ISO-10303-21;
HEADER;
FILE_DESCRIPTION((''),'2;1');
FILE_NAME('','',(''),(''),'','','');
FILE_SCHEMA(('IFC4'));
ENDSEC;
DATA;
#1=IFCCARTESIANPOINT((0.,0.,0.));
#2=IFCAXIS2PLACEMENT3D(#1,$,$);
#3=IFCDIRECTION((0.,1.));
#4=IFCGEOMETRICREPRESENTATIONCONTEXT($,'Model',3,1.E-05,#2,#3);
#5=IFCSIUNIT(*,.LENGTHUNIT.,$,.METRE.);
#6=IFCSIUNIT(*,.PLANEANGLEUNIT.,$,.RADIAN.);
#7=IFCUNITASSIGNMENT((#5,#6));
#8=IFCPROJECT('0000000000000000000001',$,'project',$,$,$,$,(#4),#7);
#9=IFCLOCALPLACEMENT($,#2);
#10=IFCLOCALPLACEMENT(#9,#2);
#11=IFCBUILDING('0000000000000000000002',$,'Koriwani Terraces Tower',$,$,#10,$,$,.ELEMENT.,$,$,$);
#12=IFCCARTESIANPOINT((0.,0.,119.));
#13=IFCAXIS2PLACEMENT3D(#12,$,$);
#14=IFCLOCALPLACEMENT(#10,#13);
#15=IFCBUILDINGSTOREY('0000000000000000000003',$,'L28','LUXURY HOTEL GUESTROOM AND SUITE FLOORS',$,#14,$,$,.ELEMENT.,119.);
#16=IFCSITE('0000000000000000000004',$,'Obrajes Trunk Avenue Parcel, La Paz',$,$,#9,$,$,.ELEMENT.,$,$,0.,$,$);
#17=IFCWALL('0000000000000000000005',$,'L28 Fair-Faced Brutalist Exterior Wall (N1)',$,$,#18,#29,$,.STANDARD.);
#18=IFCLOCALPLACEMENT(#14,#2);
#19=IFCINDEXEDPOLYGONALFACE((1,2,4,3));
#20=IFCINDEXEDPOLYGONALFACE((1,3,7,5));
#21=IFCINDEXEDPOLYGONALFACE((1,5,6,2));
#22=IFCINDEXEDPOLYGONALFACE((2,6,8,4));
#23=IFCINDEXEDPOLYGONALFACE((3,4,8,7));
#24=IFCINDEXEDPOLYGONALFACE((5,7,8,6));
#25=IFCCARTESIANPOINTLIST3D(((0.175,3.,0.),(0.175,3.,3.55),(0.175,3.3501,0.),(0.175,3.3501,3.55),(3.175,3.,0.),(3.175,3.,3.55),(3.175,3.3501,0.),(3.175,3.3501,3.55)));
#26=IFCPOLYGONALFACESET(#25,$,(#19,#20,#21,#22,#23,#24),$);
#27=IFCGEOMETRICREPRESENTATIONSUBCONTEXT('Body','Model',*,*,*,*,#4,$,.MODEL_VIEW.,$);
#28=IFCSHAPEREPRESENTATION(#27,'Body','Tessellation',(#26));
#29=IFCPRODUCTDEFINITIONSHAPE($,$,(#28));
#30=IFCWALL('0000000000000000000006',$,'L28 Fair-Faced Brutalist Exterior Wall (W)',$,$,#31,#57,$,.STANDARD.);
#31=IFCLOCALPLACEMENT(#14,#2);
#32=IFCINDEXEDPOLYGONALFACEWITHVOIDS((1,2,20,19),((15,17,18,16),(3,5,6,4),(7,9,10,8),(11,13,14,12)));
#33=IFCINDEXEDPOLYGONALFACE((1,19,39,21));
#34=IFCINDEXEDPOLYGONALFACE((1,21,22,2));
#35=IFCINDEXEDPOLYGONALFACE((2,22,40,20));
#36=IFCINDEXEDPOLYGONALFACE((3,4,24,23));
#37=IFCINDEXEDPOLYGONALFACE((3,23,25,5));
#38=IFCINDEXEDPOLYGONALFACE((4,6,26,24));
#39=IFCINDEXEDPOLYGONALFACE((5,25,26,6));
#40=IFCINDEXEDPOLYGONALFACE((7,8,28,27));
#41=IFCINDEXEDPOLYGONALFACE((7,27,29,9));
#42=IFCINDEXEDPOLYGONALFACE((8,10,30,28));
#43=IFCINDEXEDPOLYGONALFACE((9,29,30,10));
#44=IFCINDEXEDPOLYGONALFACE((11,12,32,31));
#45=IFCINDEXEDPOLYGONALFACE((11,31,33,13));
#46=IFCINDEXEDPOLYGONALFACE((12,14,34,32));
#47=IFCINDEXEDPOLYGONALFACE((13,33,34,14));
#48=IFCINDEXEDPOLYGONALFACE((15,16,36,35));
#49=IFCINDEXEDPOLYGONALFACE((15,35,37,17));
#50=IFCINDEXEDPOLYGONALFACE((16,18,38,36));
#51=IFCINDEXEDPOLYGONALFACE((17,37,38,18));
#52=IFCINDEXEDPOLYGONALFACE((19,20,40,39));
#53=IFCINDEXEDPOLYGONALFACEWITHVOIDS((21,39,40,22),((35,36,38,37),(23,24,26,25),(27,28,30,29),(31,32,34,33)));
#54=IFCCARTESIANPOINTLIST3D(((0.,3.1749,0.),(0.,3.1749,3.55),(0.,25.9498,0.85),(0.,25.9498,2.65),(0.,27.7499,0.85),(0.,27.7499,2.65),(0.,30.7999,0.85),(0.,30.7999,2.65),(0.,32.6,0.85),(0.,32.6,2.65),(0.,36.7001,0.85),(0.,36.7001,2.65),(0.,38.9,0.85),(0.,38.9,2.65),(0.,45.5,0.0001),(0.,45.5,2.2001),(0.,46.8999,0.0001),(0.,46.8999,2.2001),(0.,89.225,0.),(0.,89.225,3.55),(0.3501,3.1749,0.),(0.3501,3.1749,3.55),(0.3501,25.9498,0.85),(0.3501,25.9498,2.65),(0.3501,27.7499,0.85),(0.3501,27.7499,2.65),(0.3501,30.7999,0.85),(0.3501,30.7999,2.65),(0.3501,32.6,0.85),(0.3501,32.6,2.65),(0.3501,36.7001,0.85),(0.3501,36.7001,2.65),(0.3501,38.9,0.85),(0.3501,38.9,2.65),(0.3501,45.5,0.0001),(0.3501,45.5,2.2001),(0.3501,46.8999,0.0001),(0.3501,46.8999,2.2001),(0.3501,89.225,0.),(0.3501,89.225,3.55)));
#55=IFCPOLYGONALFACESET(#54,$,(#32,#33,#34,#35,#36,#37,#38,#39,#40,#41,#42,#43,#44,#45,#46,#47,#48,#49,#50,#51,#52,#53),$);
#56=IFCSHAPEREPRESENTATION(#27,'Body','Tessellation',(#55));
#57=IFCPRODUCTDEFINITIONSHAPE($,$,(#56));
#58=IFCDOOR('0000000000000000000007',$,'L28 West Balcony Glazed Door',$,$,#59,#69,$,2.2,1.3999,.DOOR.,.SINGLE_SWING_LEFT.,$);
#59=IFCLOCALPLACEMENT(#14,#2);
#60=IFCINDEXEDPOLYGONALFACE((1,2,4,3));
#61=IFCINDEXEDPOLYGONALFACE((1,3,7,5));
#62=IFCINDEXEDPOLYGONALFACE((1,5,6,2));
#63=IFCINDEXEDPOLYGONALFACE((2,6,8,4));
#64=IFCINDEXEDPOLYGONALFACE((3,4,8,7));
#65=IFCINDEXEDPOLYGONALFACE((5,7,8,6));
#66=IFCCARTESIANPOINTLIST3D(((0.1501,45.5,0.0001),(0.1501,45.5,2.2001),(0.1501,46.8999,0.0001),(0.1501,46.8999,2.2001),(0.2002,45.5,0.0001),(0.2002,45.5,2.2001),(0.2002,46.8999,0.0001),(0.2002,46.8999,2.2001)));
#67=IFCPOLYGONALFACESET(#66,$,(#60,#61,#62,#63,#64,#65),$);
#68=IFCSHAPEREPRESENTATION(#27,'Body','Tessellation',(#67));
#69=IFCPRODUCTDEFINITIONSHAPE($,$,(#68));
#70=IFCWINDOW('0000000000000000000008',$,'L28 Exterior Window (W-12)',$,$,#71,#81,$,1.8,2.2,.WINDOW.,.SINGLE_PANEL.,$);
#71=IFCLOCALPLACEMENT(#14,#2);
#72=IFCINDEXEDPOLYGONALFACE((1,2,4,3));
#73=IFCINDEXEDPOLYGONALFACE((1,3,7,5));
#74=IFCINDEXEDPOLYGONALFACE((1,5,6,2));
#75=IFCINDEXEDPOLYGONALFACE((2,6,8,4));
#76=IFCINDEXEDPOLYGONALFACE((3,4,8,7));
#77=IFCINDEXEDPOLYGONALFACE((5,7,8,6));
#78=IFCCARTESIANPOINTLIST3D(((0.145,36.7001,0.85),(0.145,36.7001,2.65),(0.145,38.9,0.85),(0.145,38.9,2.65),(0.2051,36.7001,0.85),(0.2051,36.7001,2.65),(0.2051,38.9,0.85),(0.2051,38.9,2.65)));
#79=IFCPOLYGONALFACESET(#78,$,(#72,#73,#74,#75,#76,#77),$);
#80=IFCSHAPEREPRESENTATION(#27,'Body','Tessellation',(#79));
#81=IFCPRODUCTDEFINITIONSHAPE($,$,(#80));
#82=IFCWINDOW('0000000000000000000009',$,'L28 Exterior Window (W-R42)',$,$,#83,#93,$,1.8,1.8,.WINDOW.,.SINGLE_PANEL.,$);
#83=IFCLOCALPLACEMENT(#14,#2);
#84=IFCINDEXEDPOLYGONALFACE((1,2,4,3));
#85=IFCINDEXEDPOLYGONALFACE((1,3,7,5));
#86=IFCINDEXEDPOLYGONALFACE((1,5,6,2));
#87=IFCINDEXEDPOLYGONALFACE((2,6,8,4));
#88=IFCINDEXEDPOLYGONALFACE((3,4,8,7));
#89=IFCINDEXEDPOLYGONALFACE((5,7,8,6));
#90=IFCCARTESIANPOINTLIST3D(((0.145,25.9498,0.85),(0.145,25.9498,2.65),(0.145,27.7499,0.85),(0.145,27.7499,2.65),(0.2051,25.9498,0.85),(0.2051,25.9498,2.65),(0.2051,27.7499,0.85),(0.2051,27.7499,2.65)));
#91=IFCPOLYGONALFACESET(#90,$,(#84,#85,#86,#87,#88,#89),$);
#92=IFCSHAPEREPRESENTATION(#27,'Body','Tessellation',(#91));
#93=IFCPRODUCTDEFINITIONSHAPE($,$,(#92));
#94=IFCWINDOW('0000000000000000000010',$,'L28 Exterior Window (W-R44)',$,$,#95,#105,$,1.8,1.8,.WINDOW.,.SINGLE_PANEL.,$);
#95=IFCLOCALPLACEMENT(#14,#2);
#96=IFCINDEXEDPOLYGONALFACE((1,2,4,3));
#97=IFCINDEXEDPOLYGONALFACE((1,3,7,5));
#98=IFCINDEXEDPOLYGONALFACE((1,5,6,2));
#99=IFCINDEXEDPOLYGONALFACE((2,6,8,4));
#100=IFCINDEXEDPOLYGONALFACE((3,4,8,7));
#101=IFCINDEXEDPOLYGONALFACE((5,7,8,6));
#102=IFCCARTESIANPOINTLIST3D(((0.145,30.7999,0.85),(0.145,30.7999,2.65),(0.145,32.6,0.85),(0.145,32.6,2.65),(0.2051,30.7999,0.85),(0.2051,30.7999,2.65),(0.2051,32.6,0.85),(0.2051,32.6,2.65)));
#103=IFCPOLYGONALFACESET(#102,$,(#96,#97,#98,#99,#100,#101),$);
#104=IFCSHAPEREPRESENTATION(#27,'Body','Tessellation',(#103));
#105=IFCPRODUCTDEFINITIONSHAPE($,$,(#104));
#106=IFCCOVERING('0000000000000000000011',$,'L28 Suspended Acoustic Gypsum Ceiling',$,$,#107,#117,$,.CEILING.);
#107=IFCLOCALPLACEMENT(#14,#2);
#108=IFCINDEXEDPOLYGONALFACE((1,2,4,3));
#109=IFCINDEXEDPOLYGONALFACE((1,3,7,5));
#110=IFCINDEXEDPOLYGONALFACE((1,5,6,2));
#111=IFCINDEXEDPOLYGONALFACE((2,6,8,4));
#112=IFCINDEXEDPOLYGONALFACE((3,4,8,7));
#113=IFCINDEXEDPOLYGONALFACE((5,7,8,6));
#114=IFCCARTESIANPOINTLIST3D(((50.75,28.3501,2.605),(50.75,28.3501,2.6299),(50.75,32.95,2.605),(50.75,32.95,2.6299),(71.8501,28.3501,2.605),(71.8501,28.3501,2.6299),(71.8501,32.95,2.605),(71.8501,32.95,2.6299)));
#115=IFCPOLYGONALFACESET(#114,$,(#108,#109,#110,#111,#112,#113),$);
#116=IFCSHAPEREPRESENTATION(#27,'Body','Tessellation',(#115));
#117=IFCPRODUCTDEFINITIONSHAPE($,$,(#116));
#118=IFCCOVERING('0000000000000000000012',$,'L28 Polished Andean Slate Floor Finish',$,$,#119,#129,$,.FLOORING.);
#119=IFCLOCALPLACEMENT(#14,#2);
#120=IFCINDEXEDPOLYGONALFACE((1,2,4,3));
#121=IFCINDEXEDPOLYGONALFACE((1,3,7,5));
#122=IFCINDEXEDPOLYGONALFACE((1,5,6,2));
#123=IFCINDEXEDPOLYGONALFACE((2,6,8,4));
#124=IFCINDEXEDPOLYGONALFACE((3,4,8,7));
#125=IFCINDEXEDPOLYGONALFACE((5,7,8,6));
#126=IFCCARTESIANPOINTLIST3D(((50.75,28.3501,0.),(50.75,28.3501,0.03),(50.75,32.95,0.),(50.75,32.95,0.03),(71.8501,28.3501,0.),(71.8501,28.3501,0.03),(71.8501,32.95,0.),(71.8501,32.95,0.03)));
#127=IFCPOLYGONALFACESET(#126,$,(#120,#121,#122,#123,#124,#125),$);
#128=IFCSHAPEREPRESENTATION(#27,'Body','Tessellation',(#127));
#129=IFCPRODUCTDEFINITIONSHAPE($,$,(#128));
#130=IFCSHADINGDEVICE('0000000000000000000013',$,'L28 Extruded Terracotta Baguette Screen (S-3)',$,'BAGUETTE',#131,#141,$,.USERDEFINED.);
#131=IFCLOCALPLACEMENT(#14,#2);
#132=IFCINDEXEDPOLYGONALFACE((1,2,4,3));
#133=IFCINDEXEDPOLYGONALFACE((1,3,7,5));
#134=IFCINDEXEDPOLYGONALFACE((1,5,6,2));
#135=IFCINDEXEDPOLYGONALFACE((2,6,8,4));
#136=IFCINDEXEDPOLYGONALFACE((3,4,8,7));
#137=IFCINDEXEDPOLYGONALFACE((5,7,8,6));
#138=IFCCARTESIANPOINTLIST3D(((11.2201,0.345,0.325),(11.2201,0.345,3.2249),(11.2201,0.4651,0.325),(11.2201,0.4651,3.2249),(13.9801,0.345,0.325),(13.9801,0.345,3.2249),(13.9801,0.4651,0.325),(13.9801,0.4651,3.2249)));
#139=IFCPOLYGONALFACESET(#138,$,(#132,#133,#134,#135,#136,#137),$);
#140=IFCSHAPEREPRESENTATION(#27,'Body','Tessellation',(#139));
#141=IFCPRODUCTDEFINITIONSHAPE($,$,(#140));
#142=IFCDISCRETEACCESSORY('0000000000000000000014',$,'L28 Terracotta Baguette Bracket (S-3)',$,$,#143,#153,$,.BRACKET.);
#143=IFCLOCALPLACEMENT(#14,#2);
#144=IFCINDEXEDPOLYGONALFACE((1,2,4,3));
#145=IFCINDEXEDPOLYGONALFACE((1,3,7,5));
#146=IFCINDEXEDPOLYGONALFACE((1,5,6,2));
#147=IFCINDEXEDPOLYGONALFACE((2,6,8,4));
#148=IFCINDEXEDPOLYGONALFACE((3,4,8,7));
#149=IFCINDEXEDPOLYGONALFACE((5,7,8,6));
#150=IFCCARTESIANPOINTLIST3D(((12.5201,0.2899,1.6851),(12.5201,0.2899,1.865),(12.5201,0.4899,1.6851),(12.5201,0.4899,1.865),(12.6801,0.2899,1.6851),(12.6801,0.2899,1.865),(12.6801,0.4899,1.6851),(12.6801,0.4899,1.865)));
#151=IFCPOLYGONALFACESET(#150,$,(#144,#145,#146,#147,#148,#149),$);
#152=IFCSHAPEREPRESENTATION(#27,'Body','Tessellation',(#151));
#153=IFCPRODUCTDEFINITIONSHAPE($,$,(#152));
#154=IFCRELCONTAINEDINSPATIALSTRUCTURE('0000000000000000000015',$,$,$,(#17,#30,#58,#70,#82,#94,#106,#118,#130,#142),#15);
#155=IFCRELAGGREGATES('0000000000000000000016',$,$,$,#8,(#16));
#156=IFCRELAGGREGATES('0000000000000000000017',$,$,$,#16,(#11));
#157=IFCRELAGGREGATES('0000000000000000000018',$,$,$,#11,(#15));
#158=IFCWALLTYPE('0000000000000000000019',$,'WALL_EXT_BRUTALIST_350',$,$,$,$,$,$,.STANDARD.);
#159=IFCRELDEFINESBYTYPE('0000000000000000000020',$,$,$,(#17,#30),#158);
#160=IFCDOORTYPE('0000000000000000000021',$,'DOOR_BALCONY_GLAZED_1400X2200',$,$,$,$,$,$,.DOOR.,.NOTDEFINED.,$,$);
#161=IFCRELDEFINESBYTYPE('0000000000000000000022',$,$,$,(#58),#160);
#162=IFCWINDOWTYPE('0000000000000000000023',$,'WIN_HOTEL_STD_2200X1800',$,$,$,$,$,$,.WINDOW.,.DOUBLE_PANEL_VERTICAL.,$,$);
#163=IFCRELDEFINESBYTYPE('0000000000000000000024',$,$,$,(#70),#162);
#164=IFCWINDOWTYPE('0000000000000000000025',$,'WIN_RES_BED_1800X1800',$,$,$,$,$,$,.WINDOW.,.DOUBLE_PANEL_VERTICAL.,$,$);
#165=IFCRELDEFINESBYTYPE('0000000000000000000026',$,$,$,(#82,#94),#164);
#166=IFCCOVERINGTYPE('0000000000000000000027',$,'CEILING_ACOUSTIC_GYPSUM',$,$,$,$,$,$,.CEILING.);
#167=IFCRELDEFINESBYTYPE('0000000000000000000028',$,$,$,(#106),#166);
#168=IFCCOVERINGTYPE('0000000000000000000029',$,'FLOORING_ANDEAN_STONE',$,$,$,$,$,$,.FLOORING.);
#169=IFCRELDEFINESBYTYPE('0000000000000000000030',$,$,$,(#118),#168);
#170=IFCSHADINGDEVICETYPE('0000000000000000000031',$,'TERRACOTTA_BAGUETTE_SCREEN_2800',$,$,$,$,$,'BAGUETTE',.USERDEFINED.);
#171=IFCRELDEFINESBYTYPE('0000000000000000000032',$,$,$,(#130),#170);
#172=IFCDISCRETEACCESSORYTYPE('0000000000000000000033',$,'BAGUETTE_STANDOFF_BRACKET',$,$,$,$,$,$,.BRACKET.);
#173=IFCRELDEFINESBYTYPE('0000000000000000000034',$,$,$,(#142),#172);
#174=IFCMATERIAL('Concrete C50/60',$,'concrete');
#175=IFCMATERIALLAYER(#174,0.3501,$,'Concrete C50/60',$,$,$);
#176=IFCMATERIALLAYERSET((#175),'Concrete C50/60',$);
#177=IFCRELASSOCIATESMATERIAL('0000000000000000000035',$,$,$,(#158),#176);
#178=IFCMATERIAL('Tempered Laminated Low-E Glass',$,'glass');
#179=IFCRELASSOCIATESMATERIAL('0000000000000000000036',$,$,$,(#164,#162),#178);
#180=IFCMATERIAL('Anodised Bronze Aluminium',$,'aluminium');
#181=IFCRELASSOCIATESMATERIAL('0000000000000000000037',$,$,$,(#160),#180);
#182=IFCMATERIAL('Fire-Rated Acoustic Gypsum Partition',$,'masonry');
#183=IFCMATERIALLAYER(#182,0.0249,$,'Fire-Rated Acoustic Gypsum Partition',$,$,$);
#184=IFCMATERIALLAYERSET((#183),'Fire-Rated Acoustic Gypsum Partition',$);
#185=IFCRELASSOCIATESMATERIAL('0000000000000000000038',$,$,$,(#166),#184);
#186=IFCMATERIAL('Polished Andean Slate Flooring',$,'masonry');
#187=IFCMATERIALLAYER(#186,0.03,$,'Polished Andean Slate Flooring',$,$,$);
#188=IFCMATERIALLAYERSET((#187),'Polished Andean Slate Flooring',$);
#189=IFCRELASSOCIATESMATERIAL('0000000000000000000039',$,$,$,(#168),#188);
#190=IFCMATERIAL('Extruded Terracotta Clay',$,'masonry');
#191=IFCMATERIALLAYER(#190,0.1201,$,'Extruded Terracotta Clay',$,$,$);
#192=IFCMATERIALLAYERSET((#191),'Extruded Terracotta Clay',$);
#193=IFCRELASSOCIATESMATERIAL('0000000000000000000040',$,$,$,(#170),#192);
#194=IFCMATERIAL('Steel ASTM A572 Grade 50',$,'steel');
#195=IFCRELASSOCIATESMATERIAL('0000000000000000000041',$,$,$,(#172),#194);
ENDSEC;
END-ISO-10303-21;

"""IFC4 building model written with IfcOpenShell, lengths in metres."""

from ifc_helpers import new_model, si_unit, direction, frame, frame_2d, origin, origin_2d, place, context, subcontext, project, spatial, polyline, rectangle, outline, extrude, material, layer, layer_set, type_object, element, fill, save


model = new_model("IFC4")

# Units and contexts
model_context = context("Model", 3, precision=1e-05, world=origin(), true_north=direction((0.0, 1.0)))
body_context = subcontext(model_context, "Body", "Model", "MODEL_VIEW")
ifc_project = project(units=[si_unit("LENGTHUNIT", "METRE"), si_unit("PLANEANGLEUNIT", "RADIAN")], contexts=[model_context])

# Site, building, storey
site_placement = place(None, origin())
site = spatial("IfcSite", under=ifc_project, at=site_placement, Name="Obrajes Trunk Avenue Parcel, La Paz", CompositionType="ELEMENT", RefElevation=0.0)
building_placement = place(site_placement, origin())
building = spatial("IfcBuilding", under=site, at=building_placement, Name="Koriwani Terraces Tower", CompositionType="ELEMENT")
storey_placement = place(building_placement, frame((0.0, 0.0, 119.0)))
storey = spatial("IfcBuildingStorey", under=building, at=storey_placement, Name="L28", Description="LUXURY HOTEL GUESTROOM AND SUITE FLOORS", CompositionType="ELEMENT", Elevation=119.0)

# Shared definitions
ifc_material_1 = material(Name="Concrete C50/60", Category="concrete")
ifc_material_2 = material(Name="Steel ASTM A572 Grade 50", Category="steel")

# Shared definitions
ifc_layer_1 = layer(ifc_material_1, 0.3501, Name="Concrete C50/60")
ifc_layer_set_1 = layer_set([ifc_layer_1], Name="Concrete C50/60")
wall_type_1 = type_object("IfcWallType", Name="WALL_EXT_BRUTALIST_350", PredefinedType="STANDARD", material=ifc_layer_set_1)
ifc_material_3 = material(Name="Tempered Laminated Low-E Glass", Category="glass")
window_type_1 = type_object("IfcWindowType", Name="WIN_RES_BED_1800X1800", PartitioningType="DOUBLE_PANEL_VERTICAL", PredefinedType="WINDOW", material=ifc_material_3)

# Wall
wall_1_placement = place(storey_placement, frame((3.175, 3.175, 0.0), z_axis=(0.0, 0.0, 1.0), x_axis=(-1.0, 0.0, 0.0)))
element("IfcWall", 1, at=wall_1_placement, inside=storey, type_object=wall_type_1, Name="L28 Fair-Faced Brutalist Exterior Wall (N1)", PredefinedType="STANDARD", context=body_context, shape_type="SweptSolid", body=[
    extrude(rectangle(XDim=3.0, YDim=0.3501, at=frame_2d((1.5, 0.0))), origin(), (0.0, 0.0, 1.0), 3.55),
])

# Wall, openings, door, windows
wall_2_placement = place(storey_placement, frame((0.175, 3.175, 0.0), z_axis=(0.0, 0.0, 1.0), x_axis=(0.0, 1.0, 0.0)))
wall_2 = element("IfcWall", 2, at=wall_2_placement, inside=storey, type_object=wall_type_1, Name="L28 Fair-Faced Brutalist Exterior Wall (W)", PredefinedType="STANDARD", context=body_context, shape_type="SweptSolid", body=[
    extrude(rectangle(XDim=86.05, YDim=0.3501, at=frame_2d((43.0249, 0.0))), origin(), (0.0, 0.0, 1.0), 3.55),
])
opening_1_placement = place(wall_2_placement, frame((42.325, 0.0, 0.0)))
opening_1 = element("IfcOpeningElement", 3, at=opening_1_placement, cuts=wall_2, PredefinedType="OPENING", context=body_context, shape_type="SweptSolid", body=[
    extrude(rectangle(XDim=1.3999, YDim=2.2, at=frame_2d((0.7, 1.1001))), frame((0.0, 0.1851, 0.0), z_axis=(0.0, -1.0, 0.0), x_axis=(1.0, 0.0, 0.0)), (0.0, 0.0, 1.0), 0.3701),
])
opening_2_placement = place(wall_2_placement, frame((33.5249, 0.0, 0.8501)))
opening_2 = element("IfcOpeningElement", 4, at=opening_2_placement, cuts=wall_2, PredefinedType="OPENING", context=body_context, shape_type="SweptSolid", body=[
    extrude(rectangle(XDim=2.2, YDim=1.8, at=frame_2d((1.1001, 0.8999))), frame((0.0, 0.1851, 0.0), z_axis=(0.0, -1.0, 0.0), x_axis=(1.0, 0.0, 0.0)), (0.0, 0.0, 1.0), 0.3701),
])
opening_3_placement = place(wall_2_placement, frame((22.7749, 0.0, 0.8501)))
opening_3 = element("IfcOpeningElement", 5, at=opening_3_placement, cuts=wall_2, PredefinedType="OPENING", context=body_context, shape_type="SweptSolid", body=[
    extrude(rectangle(XDim=1.8, YDim=1.8, at=frame_2d((0.8999, 0.8999))), frame((0.0, 0.1851, 0.0), z_axis=(0.0, -1.0, 0.0), x_axis=(1.0, 0.0, 0.0)), (0.0, 0.0, 1.0), 0.3701),
])
opening_4_placement = place(wall_2_placement, frame((27.625, 0.0, 0.8501)))
opening_4 = element("IfcOpeningElement", 6, at=opening_4_placement, cuts=wall_2, PredefinedType="OPENING", context=body_context, shape_type="SweptSolid", body=[
    extrude(rectangle(XDim=1.8, YDim=1.8, at=frame_2d((0.8999, 0.8999))), frame((0.0, 0.1851, 0.0), z_axis=(0.0, -1.0, 0.0), x_axis=(1.0, 0.0, 0.0)), (0.0, 0.0, 1.0), 0.3701),
])
ifc_material_4 = material(Name="Anodised Bronze Aluminium", Category="aluminium")
door_type = type_object("IfcDoorType", Name="DOOR_BALCONY_GLAZED_1400X2200", OperationType="NOTDEFINED", PredefinedType="DOOR", material=ifc_material_4)
door_placement = place(opening_1_placement, origin())
door = element("IfcDoor", 7, at=door_placement, inside=storey, type_object=door_type, Name="L28 West Balcony Glazed Door", OperationType="SINGLE_SWING_LEFT", OverallHeight=2.2, OverallWidth=1.3999, PredefinedType="DOOR", context=body_context, shape_type="SweptSolid", body=[
    extrude(rectangle(XDim=1.3999, YDim=2.2, at=frame_2d((0.7, 1.1001))), frame((0.0, 0.0249, 0.0), z_axis=(0.0, -1.0, 0.0), x_axis=(1.0, 0.0, 0.0)), (0.0, 0.0, 1.0), 0.05),
])
fill(opening_1, door)
window_type_2 = type_object("IfcWindowType", Name="WIN_HOTEL_STD_2200X1800", PartitioningType="DOUBLE_PANEL_VERTICAL", PredefinedType="WINDOW", material=ifc_material_3)
window_1_placement = place(opening_2_placement, origin())
window_1 = element("IfcWindow", 8, at=window_1_placement, inside=storey, type_object=window_type_2, Name="L28 Exterior Window (W-12)", OverallHeight=1.8, OverallWidth=2.2, PartitioningType="SINGLE_PANEL", PredefinedType="WINDOW", context=body_context, shape_type="SweptSolid", body=[
    extrude(rectangle(XDim=2.2, YDim=1.8, at=frame_2d((1.1001, 0.8999))), frame((0.0, 0.03, 0.0), z_axis=(0.0, -1.0, 0.0), x_axis=(1.0, 0.0, 0.0)), (0.0, 0.0, 1.0), 0.0601),
])
fill(opening_2, window_1)
window_2_placement = place(opening_3_placement, origin())
window_2 = element("IfcWindow", 9, at=window_2_placement, inside=storey, type_object=window_type_1, Name="L28 Exterior Window (W-R42)", OverallHeight=1.8, OverallWidth=1.8, PartitioningType="SINGLE_PANEL", PredefinedType="WINDOW", context=body_context, shape_type="SweptSolid", body=[
    extrude(rectangle(XDim=1.8, YDim=1.8, at=frame_2d((0.8999, 0.8999))), frame((0.0, 0.03, 0.0), z_axis=(0.0, -1.0, 0.0), x_axis=(1.0, 0.0, 0.0)), (0.0, 0.0, 1.0), 0.0601),
])
fill(opening_3, window_2)
window_3_placement = place(opening_4_placement, origin())
window_3 = element("IfcWindow", 10, at=window_3_placement, inside=storey, type_object=window_type_1, Name="L28 Exterior Window (W-R44)", OverallHeight=1.8, OverallWidth=1.8, PartitioningType="SINGLE_PANEL", PredefinedType="WINDOW", context=body_context, shape_type="SweptSolid", body=[
    extrude(rectangle(XDim=1.8, YDim=1.8, at=frame_2d((0.8999, 0.8999))), frame((0.0, 0.03, 0.0), z_axis=(0.0, -1.0, 0.0), x_axis=(1.0, 0.0, 0.0)), (0.0, 0.0, 1.0), 0.0601),
])
fill(opening_4, window_3)

# Coverings
ifc_material_5 = material(Name="Fire-Rated Acoustic Gypsum Partition", Category="masonry")
ifc_layer_2 = layer(ifc_material_5, 0.0249, Name="Fire-Rated Acoustic Gypsum Partition")
ifc_layer_set_2 = layer_set([ifc_layer_2], Name="Fire-Rated Acoustic Gypsum Partition")
covering_type_1 = type_object("IfcCoveringType", Name="CEILING_ACOUSTIC_GYPSUM", PredefinedType="CEILING", material=ifc_layer_set_2)
covering_1_placement = place(storey_placement, frame((0.0, 0.0, 2.605)))
element("IfcCovering", 11, at=covering_1_placement, inside=storey, type_object=covering_type_1, Name="L28 Suspended Acoustic Gypsum Ceiling", PredefinedType="CEILING", context=body_context, shape_type="SweptSolid", body=[
    extrude(outline(polyline([(50.75, 28.3501), (50.75, 32.95), (71.8501, 32.95), (71.8501, 28.3501), (50.75, 28.3501)])), origin(), (0.0, 0.0, 1.0), 0.0249),
])
ifc_material_6 = material(Name="Polished Andean Slate Flooring", Category="masonry")
ifc_layer_3 = layer(ifc_material_6, 0.03, Name="Polished Andean Slate Flooring")
ifc_layer_set_3 = layer_set([ifc_layer_3], Name="Polished Andean Slate Flooring")
covering_type_2 = type_object("IfcCoveringType", Name="FLOORING_ANDEAN_STONE", PredefinedType="FLOORING", material=ifc_layer_set_3)
covering_2_placement = place(storey_placement, origin())
element("IfcCovering", 12, at=covering_2_placement, inside=storey, type_object=covering_type_2, Name="L28 Polished Andean Slate Floor Finish", PredefinedType="FLOORING", context=body_context, shape_type="SweptSolid", body=[
    extrude(outline(polyline([(50.75, 28.3501), (50.75, 32.95), (71.8501, 32.95), (71.8501, 28.3501), (50.75, 28.3501)])), origin(), (0.0, 0.0, 1.0), 0.03),
])

# Shading device
ifc_material_7 = material(Name="Extruded Terracotta Clay", Category="masonry")
ifc_layer_4 = layer(ifc_material_7, 0.1201, Name="Extruded Terracotta Clay")
ifc_layer_set_4 = layer_set([ifc_layer_4], Name="Extruded Terracotta Clay")
shading_device_type = type_object("IfcShadingDeviceType", Name="TERRACOTTA_BAGUETTE_SCREEN_2800", ElementType="BAGUETTE", PredefinedType="USERDEFINED", material=ifc_layer_set_4)
shading_device_placement = place(storey_placement, frame((12.6001, 0.405, 0.325), z_axis=(0.0, 0.0, 1.0), x_axis=(-1.0, 0.0, 0.0)))
element("IfcShadingDevice", 13, at=shading_device_placement, inside=storey, type_object=shading_device_type, Name="L28 Extruded Terracotta Baguette Screen (S-3)", ObjectType="BAGUETTE", PredefinedType="USERDEFINED", context=body_context, shape_type="SweptSolid", body=[
    extrude(rectangle(XDim=2.76, YDim=0.1201, at=origin_2d()), origin(), (0.0, 0.0, 1.0), 2.8999),
])

# Discrete accessory
discrete_accessory_type = type_object("IfcDiscreteAccessoryType", Name="BAGUETTE_STANDOFF_BRACKET", PredefinedType="BRACKET", material=ifc_material_2)
discrete_accessory_placement = place(storey_placement, frame((12.6001, 0.3899, 1.6851), z_axis=(0.0, 0.0, 1.0), x_axis=(-1.0, 0.0, 0.0)))
element("IfcDiscreteAccessory", 14, at=discrete_accessory_placement, inside=storey, type_object=discrete_accessory_type, Name="L28 Terracotta Baguette Bracket (S-3)", PredefinedType="BRACKET", context=body_context, shape_type="SweptSolid", body=[
    extrude(rectangle(XDim=0.1599, YDim=0.2, at=origin_2d()), origin(), (0.0, 0.0, 1.0), 0.1799),
])

save(model, "model.ifc")
